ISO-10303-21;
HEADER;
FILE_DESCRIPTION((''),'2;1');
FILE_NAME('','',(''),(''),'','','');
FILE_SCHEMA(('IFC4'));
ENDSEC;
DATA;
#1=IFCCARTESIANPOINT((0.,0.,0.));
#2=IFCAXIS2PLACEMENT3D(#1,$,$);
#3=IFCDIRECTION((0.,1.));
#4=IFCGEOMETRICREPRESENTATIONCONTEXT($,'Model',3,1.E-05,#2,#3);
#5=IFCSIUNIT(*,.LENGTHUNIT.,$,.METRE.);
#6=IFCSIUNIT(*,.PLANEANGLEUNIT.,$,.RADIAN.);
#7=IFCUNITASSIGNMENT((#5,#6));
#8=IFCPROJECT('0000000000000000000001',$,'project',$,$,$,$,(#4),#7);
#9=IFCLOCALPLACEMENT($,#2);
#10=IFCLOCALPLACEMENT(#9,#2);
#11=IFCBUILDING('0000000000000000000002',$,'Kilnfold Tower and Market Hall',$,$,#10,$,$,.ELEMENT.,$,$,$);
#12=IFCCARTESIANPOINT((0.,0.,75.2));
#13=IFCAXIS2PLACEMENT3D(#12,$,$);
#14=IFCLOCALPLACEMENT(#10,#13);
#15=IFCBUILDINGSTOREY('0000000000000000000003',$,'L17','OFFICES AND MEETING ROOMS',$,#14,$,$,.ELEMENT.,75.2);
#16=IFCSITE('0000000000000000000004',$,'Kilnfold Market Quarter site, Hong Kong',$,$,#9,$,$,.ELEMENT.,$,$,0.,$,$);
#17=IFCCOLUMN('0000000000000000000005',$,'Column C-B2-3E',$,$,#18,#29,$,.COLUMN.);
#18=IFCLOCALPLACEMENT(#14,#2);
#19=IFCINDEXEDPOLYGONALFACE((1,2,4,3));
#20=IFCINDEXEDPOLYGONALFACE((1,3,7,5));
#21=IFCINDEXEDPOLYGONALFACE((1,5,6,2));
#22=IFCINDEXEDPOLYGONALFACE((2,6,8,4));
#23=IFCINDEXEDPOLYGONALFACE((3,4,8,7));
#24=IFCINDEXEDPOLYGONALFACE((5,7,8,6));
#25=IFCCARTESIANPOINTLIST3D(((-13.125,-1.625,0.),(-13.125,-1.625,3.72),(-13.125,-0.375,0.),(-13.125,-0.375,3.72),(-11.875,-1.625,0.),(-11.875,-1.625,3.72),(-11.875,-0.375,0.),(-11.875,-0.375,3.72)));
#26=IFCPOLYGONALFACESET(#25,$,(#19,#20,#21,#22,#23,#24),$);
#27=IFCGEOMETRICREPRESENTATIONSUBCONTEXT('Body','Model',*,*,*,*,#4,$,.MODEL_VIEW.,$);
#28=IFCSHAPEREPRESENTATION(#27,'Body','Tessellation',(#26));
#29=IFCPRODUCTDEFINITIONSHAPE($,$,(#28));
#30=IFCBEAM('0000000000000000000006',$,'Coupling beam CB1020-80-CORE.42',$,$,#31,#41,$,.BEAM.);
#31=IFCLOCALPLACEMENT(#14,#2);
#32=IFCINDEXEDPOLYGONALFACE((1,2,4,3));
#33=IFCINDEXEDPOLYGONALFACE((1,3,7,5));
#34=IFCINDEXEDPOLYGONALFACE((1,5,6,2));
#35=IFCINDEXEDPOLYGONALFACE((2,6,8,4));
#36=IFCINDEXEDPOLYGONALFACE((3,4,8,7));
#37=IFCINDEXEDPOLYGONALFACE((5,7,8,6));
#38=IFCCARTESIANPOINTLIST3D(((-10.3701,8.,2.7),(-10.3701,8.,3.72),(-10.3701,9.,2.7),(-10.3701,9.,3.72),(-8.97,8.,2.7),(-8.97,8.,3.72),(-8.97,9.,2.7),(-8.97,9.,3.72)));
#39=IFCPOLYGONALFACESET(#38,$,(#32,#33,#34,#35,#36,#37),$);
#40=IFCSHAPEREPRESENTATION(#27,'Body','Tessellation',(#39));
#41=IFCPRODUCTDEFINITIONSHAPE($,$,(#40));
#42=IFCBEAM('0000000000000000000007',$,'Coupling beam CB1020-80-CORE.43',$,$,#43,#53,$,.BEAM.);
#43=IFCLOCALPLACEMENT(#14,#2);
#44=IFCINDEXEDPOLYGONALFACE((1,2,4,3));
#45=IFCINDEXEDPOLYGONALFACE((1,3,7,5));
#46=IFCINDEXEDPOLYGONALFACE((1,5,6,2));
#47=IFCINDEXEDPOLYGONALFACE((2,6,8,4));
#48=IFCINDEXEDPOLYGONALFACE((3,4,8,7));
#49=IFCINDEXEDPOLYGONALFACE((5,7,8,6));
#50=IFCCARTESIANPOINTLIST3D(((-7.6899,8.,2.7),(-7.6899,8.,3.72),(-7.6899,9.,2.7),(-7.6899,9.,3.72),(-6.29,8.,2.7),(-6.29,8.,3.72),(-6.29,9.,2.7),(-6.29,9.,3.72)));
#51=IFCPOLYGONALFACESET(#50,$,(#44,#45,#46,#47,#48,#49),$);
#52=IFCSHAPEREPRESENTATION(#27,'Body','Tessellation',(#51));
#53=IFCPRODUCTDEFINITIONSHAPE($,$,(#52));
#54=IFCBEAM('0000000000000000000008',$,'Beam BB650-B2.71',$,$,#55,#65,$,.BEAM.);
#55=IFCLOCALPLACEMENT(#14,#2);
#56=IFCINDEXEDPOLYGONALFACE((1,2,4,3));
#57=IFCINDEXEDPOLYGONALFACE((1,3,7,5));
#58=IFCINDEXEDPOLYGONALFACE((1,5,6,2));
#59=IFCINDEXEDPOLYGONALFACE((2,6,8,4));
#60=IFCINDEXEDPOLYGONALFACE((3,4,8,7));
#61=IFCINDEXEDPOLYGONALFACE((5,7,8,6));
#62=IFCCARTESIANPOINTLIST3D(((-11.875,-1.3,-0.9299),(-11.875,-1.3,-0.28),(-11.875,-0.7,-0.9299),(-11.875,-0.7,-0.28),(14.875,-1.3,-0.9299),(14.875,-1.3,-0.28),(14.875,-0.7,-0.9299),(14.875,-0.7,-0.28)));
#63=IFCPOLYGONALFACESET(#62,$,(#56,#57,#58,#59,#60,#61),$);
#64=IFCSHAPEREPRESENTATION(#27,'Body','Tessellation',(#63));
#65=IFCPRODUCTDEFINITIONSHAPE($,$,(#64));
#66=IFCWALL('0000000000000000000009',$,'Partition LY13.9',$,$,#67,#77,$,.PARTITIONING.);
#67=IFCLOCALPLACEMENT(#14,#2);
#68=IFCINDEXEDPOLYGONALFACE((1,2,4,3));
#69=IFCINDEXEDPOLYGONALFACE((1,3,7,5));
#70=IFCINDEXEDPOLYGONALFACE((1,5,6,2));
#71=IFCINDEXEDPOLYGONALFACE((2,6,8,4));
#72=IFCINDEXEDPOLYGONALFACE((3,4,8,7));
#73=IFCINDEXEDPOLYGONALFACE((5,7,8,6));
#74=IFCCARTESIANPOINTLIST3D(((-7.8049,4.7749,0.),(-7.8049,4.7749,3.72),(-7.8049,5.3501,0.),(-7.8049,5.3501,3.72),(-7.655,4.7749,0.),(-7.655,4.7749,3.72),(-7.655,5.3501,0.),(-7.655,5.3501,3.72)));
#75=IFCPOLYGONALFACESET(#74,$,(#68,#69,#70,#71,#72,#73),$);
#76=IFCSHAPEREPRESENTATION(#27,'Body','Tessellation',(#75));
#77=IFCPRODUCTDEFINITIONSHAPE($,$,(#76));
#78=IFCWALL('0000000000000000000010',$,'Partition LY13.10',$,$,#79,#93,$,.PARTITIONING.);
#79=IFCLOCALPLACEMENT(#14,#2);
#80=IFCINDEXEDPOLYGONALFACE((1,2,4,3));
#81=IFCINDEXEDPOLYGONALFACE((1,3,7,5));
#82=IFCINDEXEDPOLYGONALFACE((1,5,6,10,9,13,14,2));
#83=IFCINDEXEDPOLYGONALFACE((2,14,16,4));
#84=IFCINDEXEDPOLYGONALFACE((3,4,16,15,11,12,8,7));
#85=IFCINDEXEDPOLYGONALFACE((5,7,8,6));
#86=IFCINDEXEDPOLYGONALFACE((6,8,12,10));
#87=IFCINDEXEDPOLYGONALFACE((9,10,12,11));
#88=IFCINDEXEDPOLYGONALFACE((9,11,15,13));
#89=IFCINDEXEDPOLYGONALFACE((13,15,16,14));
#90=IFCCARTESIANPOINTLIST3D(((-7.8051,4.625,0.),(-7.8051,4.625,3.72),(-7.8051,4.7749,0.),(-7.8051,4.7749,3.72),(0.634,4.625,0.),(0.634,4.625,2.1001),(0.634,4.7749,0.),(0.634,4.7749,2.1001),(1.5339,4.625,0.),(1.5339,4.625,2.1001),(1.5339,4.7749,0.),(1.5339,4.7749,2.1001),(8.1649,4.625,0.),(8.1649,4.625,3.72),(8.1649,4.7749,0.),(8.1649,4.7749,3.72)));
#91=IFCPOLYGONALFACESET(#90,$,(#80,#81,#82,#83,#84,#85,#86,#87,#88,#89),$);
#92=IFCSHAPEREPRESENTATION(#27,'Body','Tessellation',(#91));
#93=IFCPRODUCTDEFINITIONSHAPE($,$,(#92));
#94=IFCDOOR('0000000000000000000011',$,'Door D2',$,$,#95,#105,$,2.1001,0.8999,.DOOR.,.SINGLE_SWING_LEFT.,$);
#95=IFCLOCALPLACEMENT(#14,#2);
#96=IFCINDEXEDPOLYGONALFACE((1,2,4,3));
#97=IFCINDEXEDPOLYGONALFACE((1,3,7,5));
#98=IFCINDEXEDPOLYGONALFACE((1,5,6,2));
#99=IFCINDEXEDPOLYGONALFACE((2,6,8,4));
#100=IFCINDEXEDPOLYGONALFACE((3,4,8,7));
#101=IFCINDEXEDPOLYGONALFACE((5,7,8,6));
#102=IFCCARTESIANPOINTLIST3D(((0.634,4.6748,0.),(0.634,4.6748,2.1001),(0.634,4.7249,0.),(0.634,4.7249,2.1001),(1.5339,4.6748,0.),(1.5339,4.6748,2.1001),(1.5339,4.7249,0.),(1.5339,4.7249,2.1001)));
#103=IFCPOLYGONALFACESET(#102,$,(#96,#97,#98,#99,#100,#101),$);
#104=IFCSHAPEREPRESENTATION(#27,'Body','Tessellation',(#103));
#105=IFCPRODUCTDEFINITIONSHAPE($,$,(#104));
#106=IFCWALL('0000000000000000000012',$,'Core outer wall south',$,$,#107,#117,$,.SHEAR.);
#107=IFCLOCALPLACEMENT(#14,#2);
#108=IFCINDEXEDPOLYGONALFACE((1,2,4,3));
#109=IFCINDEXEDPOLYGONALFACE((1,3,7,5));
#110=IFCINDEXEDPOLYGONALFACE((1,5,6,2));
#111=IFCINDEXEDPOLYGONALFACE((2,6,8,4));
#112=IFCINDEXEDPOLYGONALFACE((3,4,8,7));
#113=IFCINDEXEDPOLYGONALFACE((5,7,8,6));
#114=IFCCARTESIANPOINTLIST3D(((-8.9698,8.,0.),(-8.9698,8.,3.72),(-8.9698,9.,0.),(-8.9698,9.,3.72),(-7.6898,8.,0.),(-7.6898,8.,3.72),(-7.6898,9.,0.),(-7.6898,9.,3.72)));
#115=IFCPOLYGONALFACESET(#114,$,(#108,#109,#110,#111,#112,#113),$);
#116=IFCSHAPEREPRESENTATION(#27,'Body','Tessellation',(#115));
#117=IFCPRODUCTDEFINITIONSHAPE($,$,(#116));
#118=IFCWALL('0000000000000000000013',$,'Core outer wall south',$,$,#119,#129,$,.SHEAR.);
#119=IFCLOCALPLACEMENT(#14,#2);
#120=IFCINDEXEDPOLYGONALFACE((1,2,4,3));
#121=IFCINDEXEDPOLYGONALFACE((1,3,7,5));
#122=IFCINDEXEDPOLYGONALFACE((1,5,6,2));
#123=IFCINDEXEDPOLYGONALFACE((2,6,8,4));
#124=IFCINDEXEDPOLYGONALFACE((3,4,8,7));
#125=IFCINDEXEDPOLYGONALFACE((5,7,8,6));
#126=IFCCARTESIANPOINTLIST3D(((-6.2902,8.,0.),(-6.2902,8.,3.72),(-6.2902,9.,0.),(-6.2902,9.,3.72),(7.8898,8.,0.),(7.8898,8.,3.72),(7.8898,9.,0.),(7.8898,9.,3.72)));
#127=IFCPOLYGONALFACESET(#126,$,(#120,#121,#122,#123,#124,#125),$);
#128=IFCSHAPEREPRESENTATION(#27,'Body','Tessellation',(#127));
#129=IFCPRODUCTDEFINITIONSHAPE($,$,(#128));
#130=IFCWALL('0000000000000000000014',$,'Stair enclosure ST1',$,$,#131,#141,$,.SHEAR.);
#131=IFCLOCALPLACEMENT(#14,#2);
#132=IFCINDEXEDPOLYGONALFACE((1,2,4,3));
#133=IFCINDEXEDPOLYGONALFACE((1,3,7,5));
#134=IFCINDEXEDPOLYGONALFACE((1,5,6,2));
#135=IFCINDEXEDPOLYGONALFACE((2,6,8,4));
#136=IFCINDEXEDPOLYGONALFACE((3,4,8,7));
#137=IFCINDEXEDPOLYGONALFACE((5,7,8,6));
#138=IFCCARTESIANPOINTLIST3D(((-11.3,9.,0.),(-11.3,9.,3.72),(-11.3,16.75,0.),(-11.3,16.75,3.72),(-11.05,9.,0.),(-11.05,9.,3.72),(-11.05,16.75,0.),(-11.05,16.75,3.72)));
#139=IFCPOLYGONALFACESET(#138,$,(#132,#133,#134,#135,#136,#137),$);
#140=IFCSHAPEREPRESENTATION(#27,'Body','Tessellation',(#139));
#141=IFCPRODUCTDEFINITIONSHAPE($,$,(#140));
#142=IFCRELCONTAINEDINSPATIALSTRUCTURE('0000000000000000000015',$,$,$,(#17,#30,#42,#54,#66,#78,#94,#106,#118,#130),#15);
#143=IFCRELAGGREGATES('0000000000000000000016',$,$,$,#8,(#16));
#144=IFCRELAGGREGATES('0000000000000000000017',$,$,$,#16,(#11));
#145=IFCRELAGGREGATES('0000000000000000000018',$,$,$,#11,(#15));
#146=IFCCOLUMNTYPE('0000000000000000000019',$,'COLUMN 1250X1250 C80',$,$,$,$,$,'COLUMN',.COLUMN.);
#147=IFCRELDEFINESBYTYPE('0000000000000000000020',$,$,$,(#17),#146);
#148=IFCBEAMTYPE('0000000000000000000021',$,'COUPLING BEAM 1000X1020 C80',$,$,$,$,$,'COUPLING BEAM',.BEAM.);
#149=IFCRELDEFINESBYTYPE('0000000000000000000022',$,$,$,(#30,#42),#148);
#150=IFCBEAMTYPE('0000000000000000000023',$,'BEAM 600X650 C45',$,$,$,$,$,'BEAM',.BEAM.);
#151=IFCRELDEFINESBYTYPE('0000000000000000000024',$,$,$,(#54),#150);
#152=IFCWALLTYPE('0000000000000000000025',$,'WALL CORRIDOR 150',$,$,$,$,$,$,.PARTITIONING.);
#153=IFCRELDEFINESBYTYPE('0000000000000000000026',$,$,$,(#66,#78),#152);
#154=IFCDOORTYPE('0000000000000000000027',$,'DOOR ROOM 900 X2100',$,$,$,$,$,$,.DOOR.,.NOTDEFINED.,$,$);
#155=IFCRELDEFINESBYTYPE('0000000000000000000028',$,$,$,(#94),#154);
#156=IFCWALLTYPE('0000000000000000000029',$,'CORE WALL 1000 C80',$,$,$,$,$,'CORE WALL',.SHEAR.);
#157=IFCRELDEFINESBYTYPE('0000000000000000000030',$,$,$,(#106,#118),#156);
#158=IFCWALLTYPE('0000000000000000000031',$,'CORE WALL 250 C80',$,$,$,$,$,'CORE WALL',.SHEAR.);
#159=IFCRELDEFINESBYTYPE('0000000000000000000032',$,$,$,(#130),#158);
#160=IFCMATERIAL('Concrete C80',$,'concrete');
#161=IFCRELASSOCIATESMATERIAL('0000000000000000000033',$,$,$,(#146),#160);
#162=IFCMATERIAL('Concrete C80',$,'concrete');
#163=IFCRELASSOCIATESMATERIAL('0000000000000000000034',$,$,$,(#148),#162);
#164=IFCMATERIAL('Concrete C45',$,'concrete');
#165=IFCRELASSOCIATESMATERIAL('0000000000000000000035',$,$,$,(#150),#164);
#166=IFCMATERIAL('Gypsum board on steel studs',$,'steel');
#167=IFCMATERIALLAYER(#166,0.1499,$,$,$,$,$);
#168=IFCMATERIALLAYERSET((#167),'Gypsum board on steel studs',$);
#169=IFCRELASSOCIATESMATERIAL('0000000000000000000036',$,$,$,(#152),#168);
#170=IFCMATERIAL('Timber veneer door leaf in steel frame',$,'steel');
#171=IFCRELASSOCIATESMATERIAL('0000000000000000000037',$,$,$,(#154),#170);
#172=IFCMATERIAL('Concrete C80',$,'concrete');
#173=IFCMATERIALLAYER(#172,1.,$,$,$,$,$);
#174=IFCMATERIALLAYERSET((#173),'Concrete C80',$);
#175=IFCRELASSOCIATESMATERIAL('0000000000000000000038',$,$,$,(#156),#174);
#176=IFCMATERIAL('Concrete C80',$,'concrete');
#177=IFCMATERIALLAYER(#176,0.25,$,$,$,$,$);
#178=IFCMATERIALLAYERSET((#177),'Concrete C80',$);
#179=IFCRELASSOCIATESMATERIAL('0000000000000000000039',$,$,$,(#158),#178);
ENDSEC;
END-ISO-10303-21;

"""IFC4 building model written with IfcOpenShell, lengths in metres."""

from ifc_helpers import new_model, si_unit, direction, frame, frame_2d, origin, origin_2d, place, context, subcontext, project, spatial, rectangle, extrude, source, transform, mapped, material, layer, layer_set, material_profile, profile_set, type_object, element, fill, save


model = new_model("IFC4")

# Units and contexts
model_context = context("Model", 3, precision=1e-05, world=origin(), true_north=direction((0.0, 1.0)))
body_context = subcontext(model_context, "Body", "Model", "MODEL_VIEW")
ifc_project = project(units=[si_unit("LENGTHUNIT", "METRE"), si_unit("PLANEANGLEUNIT", "RADIAN")], contexts=[model_context])

# Site, building, storey
site_placement = place(None, origin())
site = spatial("IfcSite", under=ifc_project, at=site_placement, Name="Kilnfold Market Quarter site, Hong Kong", CompositionType="ELEMENT", RefElevation=0.0)
building_placement = place(site_placement, origin())
building = spatial("IfcBuilding", under=site, at=building_placement, Name="Kilnfold Tower and Market Hall", CompositionType="ELEMENT")
storey_placement = place(building_placement, frame((0.0, 0.0, 75.2)))
storey = spatial("IfcBuildingStorey", under=building, at=storey_placement, Name="L17", Description="OFFICES AND MEETING ROOMS", CompositionType="ELEMENT", Elevation=75.2)

# Column
ifc_material_1 = material(Name="Concrete C80", Category="concrete")
ifc_material_profile_1 = material_profile(ifc_material_1, rectangle(XDim=1.25, YDim=1.25, at=origin_2d()), Name="RC 1250x1250")
ifc_profile_set_1 = profile_set([ifc_material_profile_1], Name="Concrete C80")
column_type = type_object("IfcColumnType", Name="COLUMN 1250X1250 C80", ElementType="COLUMN", PredefinedType="COLUMN", material=ifc_profile_set_1)
shared_shape_1 = source(origin(), body_context, "Body", "SweptSolid", [
    extrude(rectangle(XDim=1.25, YDim=1.25, at=origin_2d()), origin(), (0.0, 0.0, 1.0), 3.72),
])
column_placement = place(storey_placement, frame((-12.5, -1.0, 0.0), z_axis=(0.0, 0.0, 1.0), x_axis=(1.0, 0.0, 0.0)))
element("IfcColumn", 1, at=column_placement, inside=storey, type_object=column_type, Name="Column C-B2-3E", PredefinedType="COLUMN", context=body_context, shape_type="MappedRepresentation", body=[
    mapped(shared_shape_1, transform((0.0, 0.0, 0.0))),
])

# Beams
ifc_material_2 = material(Name="Concrete C80", Category="concrete")
ifc_material_profile_2 = material_profile(ifc_material_2, rectangle(XDim=1.0, YDim=1.02, at=origin_2d()), Name="RC 1000x1020")
ifc_profile_set_2 = profile_set([ifc_material_profile_2], Name="Concrete C80")
beam_type_1 = type_object("IfcBeamType", Name="COUPLING BEAM 1000X1020 C80", ElementType="COUPLING BEAM", PredefinedType="BEAM", material=ifc_profile_set_2)
shared_shape_2 = source(origin(), body_context, "Body", "SweptSolid", [
    extrude(rectangle(XDim=1.0, YDim=1.02, at=origin_2d()), origin(), (0.0, 0.0, 1.0), 1.4001),
])
beam_1_placement = place(storey_placement, frame((-10.3701, 8.5, 3.21), z_axis=(1.0, 0.0, 0.0), x_axis=(0.0, 1.0, 0.0)))
element("IfcBeam", 2, at=beam_1_placement, inside=storey, type_object=beam_type_1, Name="Coupling beam CB1020-80-CORE.42", PredefinedType="BEAM", context=body_context, shape_type="MappedRepresentation", body=[
    mapped(shared_shape_2, transform((0.0, 0.0, 0.0))),
])
shared_shape_3 = source(origin(), body_context, "Body", "SweptSolid", [
    extrude(rectangle(XDim=1.0, YDim=1.02, at=origin_2d()), origin(), (0.0, 0.0, 1.0), 1.3999),
])
beam_2_placement = place(storey_placement, frame((-7.6899, 8.5, 3.21), z_axis=(1.0, 0.0, 0.0), x_axis=(0.0, 1.0, 0.0)))
element("IfcBeam", 3, at=beam_2_placement, inside=storey, type_object=beam_type_1, Name="Coupling beam CB1020-80-CORE.43", PredefinedType="BEAM", context=body_context, shape_type="MappedRepresentation", body=[
    mapped(shared_shape_3, transform((0.0, 0.0, 0.0))),
])
ifc_material_3 = material(Name="Concrete C45", Category="concrete")
ifc_material_profile_3 = material_profile(ifc_material_3, rectangle(XDim=0.6001, YDim=0.6499, at=origin_2d()), Name="RC 600x650")
ifc_profile_set_3 = profile_set([ifc_material_profile_3], Name="Concrete C45")
beam_type_2 = type_object("IfcBeamType", Name="BEAM 600X650 C45", ElementType="BEAM", PredefinedType="BEAM", material=ifc_profile_set_3)
shared_shape_4 = source(origin(), body_context, "Body", "SweptSolid", [
    extrude(rectangle(XDim=0.6001, YDim=0.6499, at=origin_2d()), origin(), (0.0, 0.0, 1.0), 26.75),
])
beam_3_placement = place(storey_placement, frame((-11.875, -1.0, -0.605), z_axis=(1.0, 0.0, 0.0), x_axis=(0.0, 1.0, 0.0)))
element("IfcBeam", 4, at=beam_3_placement, inside=storey, type_object=beam_type_2, Name="Beam BB650-B2.71", PredefinedType="BEAM", context=body_context, shape_type="MappedRepresentation", body=[
    mapped(shared_shape_4, transform((0.0, 0.0, 0.0))),
])

# Wall
ifc_material_4 = material(Name="Gypsum board on steel studs", Category="steel")
ifc_layer_1 = layer(ifc_material_4, 0.1499)
ifc_layer_set_1 = layer_set([ifc_layer_1], Name="Gypsum board on steel studs")
wall_type_1 = type_object("IfcWallType", Name="WALL CORRIDOR 150", PredefinedType="PARTITIONING", material=ifc_layer_set_1)
wall_1_placement = place(storey_placement, frame((-7.73, 4.7749, 0.0), z_axis=(0.0, 0.0, 1.0), x_axis=(0.0, 1.0, 0.0)))
element("IfcWall", 5, at=wall_1_placement, inside=storey, type_object=wall_type_1, Name="Partition LY13.9", PredefinedType="PARTITIONING", context=body_context, shape_type="SweptSolid", body=[
    extrude(rectangle(XDim=0.5752, YDim=0.1499, at=frame_2d((0.2876, 0.0))), origin(), (0.0, 0.0, 1.0), 3.72),
])

# Wall, opening, door
wall_2_placement = place(storey_placement, frame((-7.8049, 4.7, 0.0), z_axis=(0.0, 0.0, 1.0), x_axis=(1.0, 0.0, 0.0)))
wall_2 = element("IfcWall", 6, at=wall_2_placement, inside=storey, type_object=wall_type_1, Name="Partition LY13.10", PredefinedType="PARTITIONING", context=body_context, shape_type="SweptSolid", body=[
    extrude(rectangle(XDim=15.97, YDim=0.1499, at=frame_2d((7.9849, 0.0))), origin(), (0.0, 0.0, 1.0), 3.72),
])
opening_1_placement = place(wall_2_placement, frame((8.439, 0.0, 0.0)))
opening_1 = element("IfcOpeningElement", 7, at=opening_1_placement, cuts=wall_2, PredefinedType="OPENING", context=body_context, shape_type="SweptSolid", body=[
    extrude(rectangle(XDim=0.8999, YDim=2.1001, at=frame_2d((0.45, 1.05))), frame((0.0, 0.085, 0.0), z_axis=(0.0, -1.0, 0.0), x_axis=(1.0, 0.0, 0.0)), (0.0, 0.0, 1.0), 0.1699),
])
ifc_material_5 = material(Name="Timber veneer door leaf in steel frame", Category="steel")
door_type_1 = type_object("IfcDoorType", Name="DOOR ROOM 900 X2100", OperationType="NOTDEFINED", PredefinedType="DOOR", material=ifc_material_5)
door_1_placement = place(opening_1_placement, origin())
door_1 = element("IfcDoor", 8, at=door_1_placement, inside=storey, type_object=door_type_1, Name="Door D2", OperationType="SINGLE_SWING_LEFT", OverallHeight=2.1001, OverallWidth=0.8999, PredefinedType="DOOR", context=body_context, shape_type="SweptSolid", body=[
    extrude(rectangle(XDim=0.8999, YDim=2.1001, at=frame_2d((0.45, 1.05))), frame((0.0, 0.0249, 0.0), z_axis=(0.0, -1.0, 0.0), x_axis=(1.0, 0.0, 0.0)), (0.0, 0.0, 1.0), 0.05),
])
fill(opening_1, door_1)

# Walls
ifc_material_6 = material(Name="Concrete C80", Category="concrete")
ifc_layer_2 = layer(ifc_material_6, 1.0)
ifc_layer_set_2 = layer_set([ifc_layer_2], Name="Concrete C80")
wall_type_2 = type_object("IfcWallType", Name="CORE WALL 1000 C80", ElementType="CORE WALL", PredefinedType="SHEAR", material=ifc_layer_set_2)
shared_shape_5 = source(origin(), body_context, "Body", "SweptSolid", [
    extrude(rectangle(XDim=1.28, YDim=1.0, at=frame_2d((0.6401, 0.0))), origin(), (0.0, 0.0, 1.0), 3.72),
])
wall_3_placement = place(storey_placement, frame((-8.97, 8.5, 0.0), z_axis=(0.0, 0.0, 1.0), x_axis=(1.0, 0.0, 0.0)))
element("IfcWall", 9, at=wall_3_placement, inside=storey, type_object=wall_type_2, Name="Core outer wall south", PredefinedType="SHEAR", context=body_context, shape_type="MappedRepresentation", body=[
    mapped(shared_shape_5, transform((0.0, 0.0, 0.0))),
])
shared_shape_6 = source(origin(), body_context, "Body", "SweptSolid", [
    extrude(rectangle(XDim=14.1799, YDim=1.0, at=frame_2d((7.0898, 0.0))), origin(), (0.0, 0.0, 1.0), 3.72),
])
wall_4_placement = place(storey_placement, frame((-6.29, 8.5, 0.0), z_axis=(0.0, 0.0, 1.0), x_axis=(1.0, 0.0, 0.0)))
element("IfcWall", 10, at=wall_4_placement, inside=storey, type_object=wall_type_2, Name="Core outer wall south", PredefinedType="SHEAR", context=body_context, shape_type="MappedRepresentation", body=[
    mapped(shared_shape_6, transform((0.0, 0.0, 0.0))),
])
ifc_material_7 = material(Name="Concrete C80", Category="concrete")
ifc_layer_3 = layer(ifc_material_7, 0.25)
ifc_layer_set_3 = layer_set([ifc_layer_3], Name="Concrete C80")
wall_type_3 = type_object("IfcWallType", Name="CORE WALL 250 C80", ElementType="CORE WALL", PredefinedType="SHEAR", material=ifc_layer_set_3)
shared_shape_7 = source(origin(), body_context, "Body", "SweptSolid", [
    extrude(rectangle(XDim=7.75, YDim=0.25, at=frame_2d((3.875, 0.0))), origin(), (0.0, 0.0, 1.0), 3.72),
])
wall_5_placement = place(storey_placement, frame((-11.175, 9.0, 0.0), z_axis=(0.0, 0.0, 1.0), x_axis=(0.0, 1.0, 0.0)))
element("IfcWall", 11, at=wall_5_placement, inside=storey, type_object=wall_type_3, Name="Stair enclosure ST1", PredefinedType="SHEAR", context=body_context, shape_type="MappedRepresentation", body=[
    mapped(shared_shape_7, transform((0.0, 0.0, 0.0))),
])

save(model, "model.ifc")
